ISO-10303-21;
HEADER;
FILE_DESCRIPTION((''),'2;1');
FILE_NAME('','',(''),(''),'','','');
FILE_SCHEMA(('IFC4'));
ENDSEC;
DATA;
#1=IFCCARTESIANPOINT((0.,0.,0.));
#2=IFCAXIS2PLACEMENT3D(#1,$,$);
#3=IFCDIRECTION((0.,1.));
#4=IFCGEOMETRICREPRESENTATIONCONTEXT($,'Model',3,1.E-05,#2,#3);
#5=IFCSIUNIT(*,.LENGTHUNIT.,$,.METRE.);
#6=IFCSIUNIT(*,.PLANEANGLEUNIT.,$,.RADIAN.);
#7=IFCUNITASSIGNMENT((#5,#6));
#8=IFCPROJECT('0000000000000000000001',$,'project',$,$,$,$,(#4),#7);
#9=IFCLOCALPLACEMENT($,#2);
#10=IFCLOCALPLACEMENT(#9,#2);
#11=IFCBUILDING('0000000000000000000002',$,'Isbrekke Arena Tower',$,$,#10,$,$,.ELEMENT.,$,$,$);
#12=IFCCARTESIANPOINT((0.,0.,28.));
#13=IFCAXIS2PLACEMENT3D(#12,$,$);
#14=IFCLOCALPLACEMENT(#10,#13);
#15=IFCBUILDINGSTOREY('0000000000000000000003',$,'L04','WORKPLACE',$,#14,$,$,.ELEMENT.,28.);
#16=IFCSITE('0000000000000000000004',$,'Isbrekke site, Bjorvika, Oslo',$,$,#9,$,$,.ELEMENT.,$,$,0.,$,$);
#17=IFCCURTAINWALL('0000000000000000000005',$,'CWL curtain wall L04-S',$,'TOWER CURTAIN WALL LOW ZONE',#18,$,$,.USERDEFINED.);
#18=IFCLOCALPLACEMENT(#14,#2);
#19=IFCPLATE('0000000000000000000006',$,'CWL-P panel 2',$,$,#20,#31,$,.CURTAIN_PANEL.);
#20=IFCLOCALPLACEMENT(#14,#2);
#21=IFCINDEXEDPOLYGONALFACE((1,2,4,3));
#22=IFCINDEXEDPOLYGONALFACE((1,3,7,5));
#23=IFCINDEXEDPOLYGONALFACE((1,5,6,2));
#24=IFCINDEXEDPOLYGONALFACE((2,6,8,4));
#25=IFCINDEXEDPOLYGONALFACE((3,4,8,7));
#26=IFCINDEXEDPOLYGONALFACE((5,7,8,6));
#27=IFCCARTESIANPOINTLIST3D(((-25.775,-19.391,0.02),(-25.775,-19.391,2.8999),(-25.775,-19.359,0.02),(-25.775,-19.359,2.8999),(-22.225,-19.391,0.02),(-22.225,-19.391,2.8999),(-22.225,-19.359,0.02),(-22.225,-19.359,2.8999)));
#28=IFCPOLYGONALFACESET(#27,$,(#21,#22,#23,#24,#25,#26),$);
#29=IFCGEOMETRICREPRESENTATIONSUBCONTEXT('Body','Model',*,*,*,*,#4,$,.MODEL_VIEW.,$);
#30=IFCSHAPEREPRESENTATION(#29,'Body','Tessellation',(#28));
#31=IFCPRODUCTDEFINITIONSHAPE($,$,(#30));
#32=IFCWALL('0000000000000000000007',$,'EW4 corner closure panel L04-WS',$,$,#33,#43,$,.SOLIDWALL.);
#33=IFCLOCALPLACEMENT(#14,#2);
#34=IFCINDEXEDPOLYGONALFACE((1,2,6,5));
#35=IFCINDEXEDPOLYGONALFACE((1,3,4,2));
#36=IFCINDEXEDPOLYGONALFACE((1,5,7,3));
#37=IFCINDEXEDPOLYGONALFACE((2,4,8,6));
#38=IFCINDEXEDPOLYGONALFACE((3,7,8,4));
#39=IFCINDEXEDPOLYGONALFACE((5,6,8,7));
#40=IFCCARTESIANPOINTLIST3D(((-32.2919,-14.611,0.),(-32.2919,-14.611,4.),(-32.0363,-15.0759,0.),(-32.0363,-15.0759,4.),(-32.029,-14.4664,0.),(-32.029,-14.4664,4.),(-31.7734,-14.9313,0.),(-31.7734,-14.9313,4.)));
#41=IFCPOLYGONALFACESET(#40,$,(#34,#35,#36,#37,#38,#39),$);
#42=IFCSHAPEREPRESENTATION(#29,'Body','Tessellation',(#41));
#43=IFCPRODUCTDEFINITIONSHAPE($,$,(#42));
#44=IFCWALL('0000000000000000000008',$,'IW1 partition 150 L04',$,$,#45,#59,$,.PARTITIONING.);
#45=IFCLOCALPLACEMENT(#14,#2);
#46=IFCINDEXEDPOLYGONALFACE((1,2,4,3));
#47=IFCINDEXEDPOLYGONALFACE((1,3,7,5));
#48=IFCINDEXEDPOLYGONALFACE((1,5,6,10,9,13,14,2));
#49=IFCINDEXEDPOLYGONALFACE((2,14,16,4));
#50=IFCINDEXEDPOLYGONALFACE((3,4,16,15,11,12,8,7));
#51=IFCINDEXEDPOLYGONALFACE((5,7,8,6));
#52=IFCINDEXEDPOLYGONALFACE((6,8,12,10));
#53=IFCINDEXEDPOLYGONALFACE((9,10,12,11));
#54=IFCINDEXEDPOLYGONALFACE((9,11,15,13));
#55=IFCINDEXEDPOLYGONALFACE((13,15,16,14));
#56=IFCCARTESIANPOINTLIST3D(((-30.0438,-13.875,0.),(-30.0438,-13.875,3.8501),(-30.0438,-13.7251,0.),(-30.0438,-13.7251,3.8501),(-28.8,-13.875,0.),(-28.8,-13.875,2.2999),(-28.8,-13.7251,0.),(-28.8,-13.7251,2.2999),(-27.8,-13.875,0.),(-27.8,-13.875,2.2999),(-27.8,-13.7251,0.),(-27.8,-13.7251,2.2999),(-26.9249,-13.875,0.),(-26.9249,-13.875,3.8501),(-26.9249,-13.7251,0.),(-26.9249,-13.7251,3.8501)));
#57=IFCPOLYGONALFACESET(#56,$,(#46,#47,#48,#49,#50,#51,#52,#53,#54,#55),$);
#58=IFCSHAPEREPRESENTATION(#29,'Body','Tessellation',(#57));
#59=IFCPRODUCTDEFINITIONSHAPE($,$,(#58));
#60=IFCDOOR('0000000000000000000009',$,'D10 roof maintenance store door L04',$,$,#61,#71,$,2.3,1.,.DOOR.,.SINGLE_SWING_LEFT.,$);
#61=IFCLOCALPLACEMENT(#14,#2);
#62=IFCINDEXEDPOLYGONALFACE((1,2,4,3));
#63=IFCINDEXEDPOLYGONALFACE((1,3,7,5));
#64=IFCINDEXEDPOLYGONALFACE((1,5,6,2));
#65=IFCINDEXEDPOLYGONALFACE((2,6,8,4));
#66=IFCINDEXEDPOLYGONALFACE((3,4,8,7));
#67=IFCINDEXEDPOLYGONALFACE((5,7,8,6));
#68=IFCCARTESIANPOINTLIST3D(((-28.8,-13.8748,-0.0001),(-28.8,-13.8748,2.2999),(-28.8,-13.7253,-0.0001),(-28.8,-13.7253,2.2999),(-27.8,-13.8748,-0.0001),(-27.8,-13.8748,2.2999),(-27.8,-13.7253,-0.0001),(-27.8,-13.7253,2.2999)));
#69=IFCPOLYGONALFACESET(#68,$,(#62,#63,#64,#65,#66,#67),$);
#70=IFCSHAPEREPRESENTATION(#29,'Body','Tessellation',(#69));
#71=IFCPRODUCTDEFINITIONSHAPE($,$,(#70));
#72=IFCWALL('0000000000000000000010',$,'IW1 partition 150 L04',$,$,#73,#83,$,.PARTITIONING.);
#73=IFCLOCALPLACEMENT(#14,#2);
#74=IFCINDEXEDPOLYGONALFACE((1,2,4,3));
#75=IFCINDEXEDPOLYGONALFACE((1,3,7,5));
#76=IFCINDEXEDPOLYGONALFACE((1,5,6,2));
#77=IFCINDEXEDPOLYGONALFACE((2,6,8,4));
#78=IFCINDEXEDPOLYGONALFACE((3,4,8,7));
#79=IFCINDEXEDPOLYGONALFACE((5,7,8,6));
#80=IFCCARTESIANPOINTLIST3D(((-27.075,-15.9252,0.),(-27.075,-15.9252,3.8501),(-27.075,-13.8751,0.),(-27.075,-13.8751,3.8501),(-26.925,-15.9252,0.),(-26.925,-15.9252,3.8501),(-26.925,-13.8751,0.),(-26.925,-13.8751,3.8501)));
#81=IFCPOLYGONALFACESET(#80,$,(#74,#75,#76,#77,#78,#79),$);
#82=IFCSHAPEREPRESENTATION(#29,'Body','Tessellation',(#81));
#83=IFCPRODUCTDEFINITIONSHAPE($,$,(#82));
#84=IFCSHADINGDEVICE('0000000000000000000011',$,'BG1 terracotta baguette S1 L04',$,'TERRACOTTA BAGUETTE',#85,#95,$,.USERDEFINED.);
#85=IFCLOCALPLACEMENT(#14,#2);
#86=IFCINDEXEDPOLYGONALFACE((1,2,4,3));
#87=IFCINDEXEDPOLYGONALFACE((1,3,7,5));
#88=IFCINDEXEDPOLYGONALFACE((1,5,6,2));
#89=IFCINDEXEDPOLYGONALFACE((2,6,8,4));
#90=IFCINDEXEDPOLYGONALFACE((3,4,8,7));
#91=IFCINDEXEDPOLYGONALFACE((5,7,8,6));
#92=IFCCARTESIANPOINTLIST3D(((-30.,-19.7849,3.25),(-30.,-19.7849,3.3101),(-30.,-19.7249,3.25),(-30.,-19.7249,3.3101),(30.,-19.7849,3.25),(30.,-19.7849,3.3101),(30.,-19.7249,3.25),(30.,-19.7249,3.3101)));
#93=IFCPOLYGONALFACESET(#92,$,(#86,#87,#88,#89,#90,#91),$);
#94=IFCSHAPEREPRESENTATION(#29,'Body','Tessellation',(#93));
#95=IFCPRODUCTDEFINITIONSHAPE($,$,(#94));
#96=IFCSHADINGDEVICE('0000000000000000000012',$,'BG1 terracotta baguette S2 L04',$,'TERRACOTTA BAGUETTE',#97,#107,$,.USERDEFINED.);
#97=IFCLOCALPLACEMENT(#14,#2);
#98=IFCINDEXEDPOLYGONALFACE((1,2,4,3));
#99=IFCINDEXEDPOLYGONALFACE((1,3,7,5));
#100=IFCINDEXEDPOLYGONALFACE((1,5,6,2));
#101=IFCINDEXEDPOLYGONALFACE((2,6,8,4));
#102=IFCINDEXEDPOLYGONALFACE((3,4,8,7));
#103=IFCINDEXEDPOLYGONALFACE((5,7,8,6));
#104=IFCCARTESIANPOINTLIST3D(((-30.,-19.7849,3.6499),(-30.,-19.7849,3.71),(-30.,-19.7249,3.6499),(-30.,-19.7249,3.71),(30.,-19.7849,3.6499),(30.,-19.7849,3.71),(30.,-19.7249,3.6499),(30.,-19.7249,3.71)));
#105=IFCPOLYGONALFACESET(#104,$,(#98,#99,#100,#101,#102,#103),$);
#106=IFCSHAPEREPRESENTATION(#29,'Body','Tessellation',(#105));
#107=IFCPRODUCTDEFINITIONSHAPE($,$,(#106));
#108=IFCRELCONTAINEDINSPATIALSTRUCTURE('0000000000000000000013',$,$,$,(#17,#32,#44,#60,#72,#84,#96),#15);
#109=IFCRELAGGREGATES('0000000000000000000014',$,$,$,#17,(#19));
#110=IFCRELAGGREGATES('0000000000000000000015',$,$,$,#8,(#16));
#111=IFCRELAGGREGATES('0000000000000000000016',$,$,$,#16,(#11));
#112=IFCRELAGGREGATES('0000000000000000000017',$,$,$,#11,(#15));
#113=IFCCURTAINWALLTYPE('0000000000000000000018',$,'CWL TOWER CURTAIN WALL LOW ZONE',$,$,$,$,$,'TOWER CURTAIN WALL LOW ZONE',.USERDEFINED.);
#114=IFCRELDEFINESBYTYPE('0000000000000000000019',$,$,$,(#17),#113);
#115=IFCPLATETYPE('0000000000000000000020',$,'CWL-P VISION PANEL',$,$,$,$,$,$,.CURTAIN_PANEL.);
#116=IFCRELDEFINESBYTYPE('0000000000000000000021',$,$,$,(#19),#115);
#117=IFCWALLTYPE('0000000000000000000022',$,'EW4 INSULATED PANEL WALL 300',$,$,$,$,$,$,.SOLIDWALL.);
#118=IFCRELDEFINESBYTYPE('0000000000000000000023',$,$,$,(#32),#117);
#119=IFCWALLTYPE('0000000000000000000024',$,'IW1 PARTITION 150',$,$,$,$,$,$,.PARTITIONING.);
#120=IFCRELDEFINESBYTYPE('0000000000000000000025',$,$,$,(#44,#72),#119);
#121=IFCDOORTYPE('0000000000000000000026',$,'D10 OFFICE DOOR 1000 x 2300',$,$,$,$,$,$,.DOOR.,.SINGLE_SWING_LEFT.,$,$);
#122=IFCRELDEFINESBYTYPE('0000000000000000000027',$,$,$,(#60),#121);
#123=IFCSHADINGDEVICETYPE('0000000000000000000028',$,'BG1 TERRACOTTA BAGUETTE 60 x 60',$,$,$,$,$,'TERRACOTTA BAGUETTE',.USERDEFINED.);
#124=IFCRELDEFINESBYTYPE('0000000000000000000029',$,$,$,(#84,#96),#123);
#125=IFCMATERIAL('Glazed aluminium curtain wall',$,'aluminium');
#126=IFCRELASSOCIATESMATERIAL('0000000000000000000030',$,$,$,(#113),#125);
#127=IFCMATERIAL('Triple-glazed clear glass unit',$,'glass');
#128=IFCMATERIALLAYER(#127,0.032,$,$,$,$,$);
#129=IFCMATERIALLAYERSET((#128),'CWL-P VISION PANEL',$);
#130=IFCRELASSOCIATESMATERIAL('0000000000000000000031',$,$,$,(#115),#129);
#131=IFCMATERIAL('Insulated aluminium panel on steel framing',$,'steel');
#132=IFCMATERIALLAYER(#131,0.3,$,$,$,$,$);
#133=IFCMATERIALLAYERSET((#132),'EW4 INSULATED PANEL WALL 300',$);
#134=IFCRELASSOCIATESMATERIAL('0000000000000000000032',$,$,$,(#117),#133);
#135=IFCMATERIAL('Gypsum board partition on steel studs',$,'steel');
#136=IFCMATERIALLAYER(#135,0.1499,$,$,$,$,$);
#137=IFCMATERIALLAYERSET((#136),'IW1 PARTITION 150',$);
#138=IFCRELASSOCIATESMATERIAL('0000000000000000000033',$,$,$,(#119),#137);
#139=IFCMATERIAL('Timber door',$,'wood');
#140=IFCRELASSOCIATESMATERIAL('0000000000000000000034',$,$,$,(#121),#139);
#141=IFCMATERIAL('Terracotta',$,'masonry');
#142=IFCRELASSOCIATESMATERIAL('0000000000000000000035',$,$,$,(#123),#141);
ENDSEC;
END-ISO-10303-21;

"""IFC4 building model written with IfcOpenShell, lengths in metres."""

from ifc_helpers import new_model, si_unit, direction, frame, frame_2d, origin, origin_2d, place, context, subcontext, project, spatial, rectangle, extrude, material, layer, layer_set, material_profile, profile_set, type_object, element, fill, aggregate, save


model = new_model("IFC4")

# Units and contexts
model_context = context("Model", 3, precision=1e-05, world=origin(), true_north=direction((0.0, 1.0)))
body_context = subcontext(model_context, "Body", "Model", "MODEL_VIEW")
ifc_project = project(units=[si_unit("LENGTHUNIT", "METRE"), si_unit("PLANEANGLEUNIT", "RADIAN")], contexts=[model_context])

# Site, building, storey
site_placement = place(None, origin())
site = spatial("IfcSite", under=ifc_project, at=site_placement, Name="Isbrekke site, Bjorvika, Oslo", CompositionType="ELEMENT", RefElevation=0.0)
building_placement = place(site_placement, origin())
building = spatial("IfcBuilding", under=site, at=building_placement, Name="Isbrekke Arena Tower", CompositionType="ELEMENT")
storey_placement = place(building_placement, frame((0.0, 0.0, 28.0)))
storey = spatial("IfcBuildingStorey", under=building, at=storey_placement, Name="L04", Description="WORKPLACE", CompositionType="ELEMENT", Elevation=28.0)

# Curtain wall
ifc_material_1 = material(Name="Glazed aluminium curtain wall", Category="aluminium")
curtain_wall_type = type_object("IfcCurtainWallType", Name="CWL TOWER CURTAIN WALL LOW ZONE", ElementType="TOWER CURTAIN WALL LOW ZONE", PredefinedType="USERDEFINED", material=ifc_material_1)
curtain_wall_placement = place(storey_placement, origin())
curtain_wall = element("IfcCurtainWall", 1, at=curtain_wall_placement, inside=storey, type_object=curtain_wall_type, Name="CWL curtain wall L04-S", ObjectType="TOWER CURTAIN WALL LOW ZONE", PredefinedType="USERDEFINED")

# Plate
ifc_material_2 = material(Name="Triple-glazed clear glass unit", Category="glass")
ifc_layer_1 = layer(ifc_material_2, 0.032)
ifc_layer_set_1 = layer_set([ifc_layer_1], Name="CWL-P VISION PANEL")
plate_type = type_object("IfcPlateType", Name="CWL-P VISION PANEL", PredefinedType="CURTAIN_PANEL", material=ifc_layer_set_1)
plate_1_placement = place(storey_placement, frame((-24.0, -19.375, 0.02), z_axis=(0.0, 0.0, 1.0), x_axis=(1.0, 0.0, 0.0)))
plate_1 = element("IfcPlate", 2, at=plate_1_placement, type_object=plate_type, Name="CWL-P panel 2", PredefinedType="CURTAIN_PANEL", context=body_context, shape_type="SweptSolid", body=[
    extrude(rectangle(XDim=3.55, YDim=0.032, at=origin_2d()), origin(), (0.0, 0.0, 1.0), 2.8799),
])
aggregate(curtain_wall, [plate_1])

# Wall
ifc_material_3 = material(Name="Insulated aluminium panel on steel framing", Category="steel")
ifc_layer_2 = layer(ifc_material_3, 0.3)
ifc_layer_set_2 = layer_set([ifc_layer_2], Name="EW4 INSULATED PANEL WALL 300")
wall_type_1 = type_object("IfcWallType", Name="EW4 INSULATED PANEL WALL 300", PredefinedType="SOLIDWALL", material=ifc_layer_set_2)
wall_1_placement = place(storey_placement, frame((-32.1604, -14.5388, 0.0), z_axis=(0.0, 0.0, 1.0), x_axis=(0.481848, -0.876255, 0.0)))
element("IfcWall", 3, at=wall_1_placement, inside=storey, type_object=wall_type_1, Name="EW4 corner closure panel L04-WS", PredefinedType="SOLIDWALL", context=body_context, shape_type="SweptSolid", body=[
    extrude(rectangle(XDim=0.5305, YDim=0.3, at=frame_2d((0.2651, 0.0))), origin(), (0.0, 0.0, 1.0), 4.0),
])

# Wall, opening, door
ifc_material_4 = material(Name="Gypsum board partition on steel studs", Category="steel")
ifc_layer_3 = layer(ifc_material_4, 0.1499)
ifc_layer_set_3 = layer_set([ifc_layer_3], Name="IW1 PARTITION 150")
wall_type_2 = type_object("IfcWallType", Name="IW1 PARTITION 150", PredefinedType="PARTITIONING", material=ifc_layer_set_3)
wall_2_placement = place(storey_placement, frame((-30.0439, -13.8, 0.0), z_axis=(0.0, 0.0, 1.0), x_axis=(1.0, 0.0, 0.0)))
wall_2 = element("IfcWall", 4, at=wall_2_placement, inside=storey, type_object=wall_type_2, Name="IW1 partition 150 L04", PredefinedType="PARTITIONING", context=body_context, shape_type="SweptSolid", body=[
    extrude(rectangle(XDim=3.1189, YDim=0.1499, at=frame_2d((1.5596, 0.0))), origin(), (0.0, 0.0, 1.0), 3.8501),
])
opening_placement = place(wall_2_placement, frame((1.2439, 0.0, 0.0)))
opening = element("IfcOpeningElement", 5, at=opening_placement, cuts=wall_2, PredefinedType="OPENING", context=body_context, shape_type="SweptSolid", body=[
    extrude(rectangle(XDim=1.0, YDim=2.3, at=frame_2d((0.5, 1.1499))), frame((0.0, 0.0898, 0.0), z_axis=(0.0, -1.0, 0.0), x_axis=(1.0, 0.0, 0.0)), (0.0, 0.0, 1.0), 0.1797),
])
ifc_material_5 = material(Name="Timber door", Category="wood")
door_type = type_object("IfcDoorType", Name="D10 OFFICE DOOR 1000 x 2300", OperationType="SINGLE_SWING_LEFT", PredefinedType="DOOR", material=ifc_material_5)
door_placement = place(opening_placement, origin())
door = element("IfcDoor", 6, at=door_placement, inside=storey, type_object=door_type, Name="D10 roof maintenance store door L04", OperationType="SINGLE_SWING_LEFT", OverallHeight=2.3, OverallWidth=1.0, PredefinedType="DOOR", context=body_context, shape_type="SweptSolid", body=[
    extrude(rectangle(XDim=1.0, YDim=2.3, at=frame_2d((0.5, 1.1499))), frame((0.0, 0.0747, 0.0), z_axis=(0.0, -1.0, 0.0), x_axis=(1.0, 0.0, 0.0)), (0.0, 0.0, 1.0), 0.1494),
])
fill(opening, door)

# Wall
wall_3_placement = place(storey_placement, frame((-27.0, -15.925, 0.0), z_axis=(0.0, 0.0, 1.0), x_axis=(0.0, 1.0, 0.0)))
element("IfcWall", 7, at=wall_3_placement, inside=storey, type_object=wall_type_2, Name="IW1 partition 150 L04", PredefinedType="PARTITIONING", context=body_context, shape_type="SweptSolid", body=[
    extrude(rectangle(XDim=2.05, YDim=0.1499, at=frame_2d((1.0249, 0.0))), origin(), (0.0, 0.0, 1.0), 3.8501),
])

# Shading devices
ifc_material_6 = material(Name="Terracotta", Category="masonry")
ifc_material_profile_1 = material_profile(ifc_material_6, rectangle(XDim=0.0601, YDim=0.0601, at=origin_2d()), Name="BAGUETTE 60X60")
ifc_profile_set_1 = profile_set([ifc_material_profile_1], Name="Terracotta")
shading_device_type = type_object("IfcShadingDeviceType", Name="BG1 TERRACOTTA BAGUETTE 60 x 60", ElementType="TERRACOTTA BAGUETTE", PredefinedType="USERDEFINED", material=ifc_profile_set_1)
for number, where, z_axis, x_axis, name in (
    (8, (-30.0, -19.7549, 3.28), (1.0, 0.0, 0.0), (0.0, 1.0, 0.0), "BG1 terracotta baguette S1 L04"),
    (9, (-30.0, -19.7549, 3.6799), (1.0, 0.0, 0.0), (0.0, 1.0, 0.0), "BG1 terracotta baguette S2 L04"),
):
    element("IfcShadingDevice", number, at=place(storey_placement, frame(where, z_axis=z_axis, x_axis=x_axis)), inside=storey, type_object=shading_device_type, Name=name, ObjectType="TERRACOTTA BAGUETTE", PredefinedType="USERDEFINED", context=body_context, shape_type="SweptSolid", body=[
        extrude(rectangle(XDim=0.0601, YDim=0.0601, at=origin_2d()), origin(), (0.0, 0.0, 1.0), 60.0),
    ])

save(model, "model.ifc")
